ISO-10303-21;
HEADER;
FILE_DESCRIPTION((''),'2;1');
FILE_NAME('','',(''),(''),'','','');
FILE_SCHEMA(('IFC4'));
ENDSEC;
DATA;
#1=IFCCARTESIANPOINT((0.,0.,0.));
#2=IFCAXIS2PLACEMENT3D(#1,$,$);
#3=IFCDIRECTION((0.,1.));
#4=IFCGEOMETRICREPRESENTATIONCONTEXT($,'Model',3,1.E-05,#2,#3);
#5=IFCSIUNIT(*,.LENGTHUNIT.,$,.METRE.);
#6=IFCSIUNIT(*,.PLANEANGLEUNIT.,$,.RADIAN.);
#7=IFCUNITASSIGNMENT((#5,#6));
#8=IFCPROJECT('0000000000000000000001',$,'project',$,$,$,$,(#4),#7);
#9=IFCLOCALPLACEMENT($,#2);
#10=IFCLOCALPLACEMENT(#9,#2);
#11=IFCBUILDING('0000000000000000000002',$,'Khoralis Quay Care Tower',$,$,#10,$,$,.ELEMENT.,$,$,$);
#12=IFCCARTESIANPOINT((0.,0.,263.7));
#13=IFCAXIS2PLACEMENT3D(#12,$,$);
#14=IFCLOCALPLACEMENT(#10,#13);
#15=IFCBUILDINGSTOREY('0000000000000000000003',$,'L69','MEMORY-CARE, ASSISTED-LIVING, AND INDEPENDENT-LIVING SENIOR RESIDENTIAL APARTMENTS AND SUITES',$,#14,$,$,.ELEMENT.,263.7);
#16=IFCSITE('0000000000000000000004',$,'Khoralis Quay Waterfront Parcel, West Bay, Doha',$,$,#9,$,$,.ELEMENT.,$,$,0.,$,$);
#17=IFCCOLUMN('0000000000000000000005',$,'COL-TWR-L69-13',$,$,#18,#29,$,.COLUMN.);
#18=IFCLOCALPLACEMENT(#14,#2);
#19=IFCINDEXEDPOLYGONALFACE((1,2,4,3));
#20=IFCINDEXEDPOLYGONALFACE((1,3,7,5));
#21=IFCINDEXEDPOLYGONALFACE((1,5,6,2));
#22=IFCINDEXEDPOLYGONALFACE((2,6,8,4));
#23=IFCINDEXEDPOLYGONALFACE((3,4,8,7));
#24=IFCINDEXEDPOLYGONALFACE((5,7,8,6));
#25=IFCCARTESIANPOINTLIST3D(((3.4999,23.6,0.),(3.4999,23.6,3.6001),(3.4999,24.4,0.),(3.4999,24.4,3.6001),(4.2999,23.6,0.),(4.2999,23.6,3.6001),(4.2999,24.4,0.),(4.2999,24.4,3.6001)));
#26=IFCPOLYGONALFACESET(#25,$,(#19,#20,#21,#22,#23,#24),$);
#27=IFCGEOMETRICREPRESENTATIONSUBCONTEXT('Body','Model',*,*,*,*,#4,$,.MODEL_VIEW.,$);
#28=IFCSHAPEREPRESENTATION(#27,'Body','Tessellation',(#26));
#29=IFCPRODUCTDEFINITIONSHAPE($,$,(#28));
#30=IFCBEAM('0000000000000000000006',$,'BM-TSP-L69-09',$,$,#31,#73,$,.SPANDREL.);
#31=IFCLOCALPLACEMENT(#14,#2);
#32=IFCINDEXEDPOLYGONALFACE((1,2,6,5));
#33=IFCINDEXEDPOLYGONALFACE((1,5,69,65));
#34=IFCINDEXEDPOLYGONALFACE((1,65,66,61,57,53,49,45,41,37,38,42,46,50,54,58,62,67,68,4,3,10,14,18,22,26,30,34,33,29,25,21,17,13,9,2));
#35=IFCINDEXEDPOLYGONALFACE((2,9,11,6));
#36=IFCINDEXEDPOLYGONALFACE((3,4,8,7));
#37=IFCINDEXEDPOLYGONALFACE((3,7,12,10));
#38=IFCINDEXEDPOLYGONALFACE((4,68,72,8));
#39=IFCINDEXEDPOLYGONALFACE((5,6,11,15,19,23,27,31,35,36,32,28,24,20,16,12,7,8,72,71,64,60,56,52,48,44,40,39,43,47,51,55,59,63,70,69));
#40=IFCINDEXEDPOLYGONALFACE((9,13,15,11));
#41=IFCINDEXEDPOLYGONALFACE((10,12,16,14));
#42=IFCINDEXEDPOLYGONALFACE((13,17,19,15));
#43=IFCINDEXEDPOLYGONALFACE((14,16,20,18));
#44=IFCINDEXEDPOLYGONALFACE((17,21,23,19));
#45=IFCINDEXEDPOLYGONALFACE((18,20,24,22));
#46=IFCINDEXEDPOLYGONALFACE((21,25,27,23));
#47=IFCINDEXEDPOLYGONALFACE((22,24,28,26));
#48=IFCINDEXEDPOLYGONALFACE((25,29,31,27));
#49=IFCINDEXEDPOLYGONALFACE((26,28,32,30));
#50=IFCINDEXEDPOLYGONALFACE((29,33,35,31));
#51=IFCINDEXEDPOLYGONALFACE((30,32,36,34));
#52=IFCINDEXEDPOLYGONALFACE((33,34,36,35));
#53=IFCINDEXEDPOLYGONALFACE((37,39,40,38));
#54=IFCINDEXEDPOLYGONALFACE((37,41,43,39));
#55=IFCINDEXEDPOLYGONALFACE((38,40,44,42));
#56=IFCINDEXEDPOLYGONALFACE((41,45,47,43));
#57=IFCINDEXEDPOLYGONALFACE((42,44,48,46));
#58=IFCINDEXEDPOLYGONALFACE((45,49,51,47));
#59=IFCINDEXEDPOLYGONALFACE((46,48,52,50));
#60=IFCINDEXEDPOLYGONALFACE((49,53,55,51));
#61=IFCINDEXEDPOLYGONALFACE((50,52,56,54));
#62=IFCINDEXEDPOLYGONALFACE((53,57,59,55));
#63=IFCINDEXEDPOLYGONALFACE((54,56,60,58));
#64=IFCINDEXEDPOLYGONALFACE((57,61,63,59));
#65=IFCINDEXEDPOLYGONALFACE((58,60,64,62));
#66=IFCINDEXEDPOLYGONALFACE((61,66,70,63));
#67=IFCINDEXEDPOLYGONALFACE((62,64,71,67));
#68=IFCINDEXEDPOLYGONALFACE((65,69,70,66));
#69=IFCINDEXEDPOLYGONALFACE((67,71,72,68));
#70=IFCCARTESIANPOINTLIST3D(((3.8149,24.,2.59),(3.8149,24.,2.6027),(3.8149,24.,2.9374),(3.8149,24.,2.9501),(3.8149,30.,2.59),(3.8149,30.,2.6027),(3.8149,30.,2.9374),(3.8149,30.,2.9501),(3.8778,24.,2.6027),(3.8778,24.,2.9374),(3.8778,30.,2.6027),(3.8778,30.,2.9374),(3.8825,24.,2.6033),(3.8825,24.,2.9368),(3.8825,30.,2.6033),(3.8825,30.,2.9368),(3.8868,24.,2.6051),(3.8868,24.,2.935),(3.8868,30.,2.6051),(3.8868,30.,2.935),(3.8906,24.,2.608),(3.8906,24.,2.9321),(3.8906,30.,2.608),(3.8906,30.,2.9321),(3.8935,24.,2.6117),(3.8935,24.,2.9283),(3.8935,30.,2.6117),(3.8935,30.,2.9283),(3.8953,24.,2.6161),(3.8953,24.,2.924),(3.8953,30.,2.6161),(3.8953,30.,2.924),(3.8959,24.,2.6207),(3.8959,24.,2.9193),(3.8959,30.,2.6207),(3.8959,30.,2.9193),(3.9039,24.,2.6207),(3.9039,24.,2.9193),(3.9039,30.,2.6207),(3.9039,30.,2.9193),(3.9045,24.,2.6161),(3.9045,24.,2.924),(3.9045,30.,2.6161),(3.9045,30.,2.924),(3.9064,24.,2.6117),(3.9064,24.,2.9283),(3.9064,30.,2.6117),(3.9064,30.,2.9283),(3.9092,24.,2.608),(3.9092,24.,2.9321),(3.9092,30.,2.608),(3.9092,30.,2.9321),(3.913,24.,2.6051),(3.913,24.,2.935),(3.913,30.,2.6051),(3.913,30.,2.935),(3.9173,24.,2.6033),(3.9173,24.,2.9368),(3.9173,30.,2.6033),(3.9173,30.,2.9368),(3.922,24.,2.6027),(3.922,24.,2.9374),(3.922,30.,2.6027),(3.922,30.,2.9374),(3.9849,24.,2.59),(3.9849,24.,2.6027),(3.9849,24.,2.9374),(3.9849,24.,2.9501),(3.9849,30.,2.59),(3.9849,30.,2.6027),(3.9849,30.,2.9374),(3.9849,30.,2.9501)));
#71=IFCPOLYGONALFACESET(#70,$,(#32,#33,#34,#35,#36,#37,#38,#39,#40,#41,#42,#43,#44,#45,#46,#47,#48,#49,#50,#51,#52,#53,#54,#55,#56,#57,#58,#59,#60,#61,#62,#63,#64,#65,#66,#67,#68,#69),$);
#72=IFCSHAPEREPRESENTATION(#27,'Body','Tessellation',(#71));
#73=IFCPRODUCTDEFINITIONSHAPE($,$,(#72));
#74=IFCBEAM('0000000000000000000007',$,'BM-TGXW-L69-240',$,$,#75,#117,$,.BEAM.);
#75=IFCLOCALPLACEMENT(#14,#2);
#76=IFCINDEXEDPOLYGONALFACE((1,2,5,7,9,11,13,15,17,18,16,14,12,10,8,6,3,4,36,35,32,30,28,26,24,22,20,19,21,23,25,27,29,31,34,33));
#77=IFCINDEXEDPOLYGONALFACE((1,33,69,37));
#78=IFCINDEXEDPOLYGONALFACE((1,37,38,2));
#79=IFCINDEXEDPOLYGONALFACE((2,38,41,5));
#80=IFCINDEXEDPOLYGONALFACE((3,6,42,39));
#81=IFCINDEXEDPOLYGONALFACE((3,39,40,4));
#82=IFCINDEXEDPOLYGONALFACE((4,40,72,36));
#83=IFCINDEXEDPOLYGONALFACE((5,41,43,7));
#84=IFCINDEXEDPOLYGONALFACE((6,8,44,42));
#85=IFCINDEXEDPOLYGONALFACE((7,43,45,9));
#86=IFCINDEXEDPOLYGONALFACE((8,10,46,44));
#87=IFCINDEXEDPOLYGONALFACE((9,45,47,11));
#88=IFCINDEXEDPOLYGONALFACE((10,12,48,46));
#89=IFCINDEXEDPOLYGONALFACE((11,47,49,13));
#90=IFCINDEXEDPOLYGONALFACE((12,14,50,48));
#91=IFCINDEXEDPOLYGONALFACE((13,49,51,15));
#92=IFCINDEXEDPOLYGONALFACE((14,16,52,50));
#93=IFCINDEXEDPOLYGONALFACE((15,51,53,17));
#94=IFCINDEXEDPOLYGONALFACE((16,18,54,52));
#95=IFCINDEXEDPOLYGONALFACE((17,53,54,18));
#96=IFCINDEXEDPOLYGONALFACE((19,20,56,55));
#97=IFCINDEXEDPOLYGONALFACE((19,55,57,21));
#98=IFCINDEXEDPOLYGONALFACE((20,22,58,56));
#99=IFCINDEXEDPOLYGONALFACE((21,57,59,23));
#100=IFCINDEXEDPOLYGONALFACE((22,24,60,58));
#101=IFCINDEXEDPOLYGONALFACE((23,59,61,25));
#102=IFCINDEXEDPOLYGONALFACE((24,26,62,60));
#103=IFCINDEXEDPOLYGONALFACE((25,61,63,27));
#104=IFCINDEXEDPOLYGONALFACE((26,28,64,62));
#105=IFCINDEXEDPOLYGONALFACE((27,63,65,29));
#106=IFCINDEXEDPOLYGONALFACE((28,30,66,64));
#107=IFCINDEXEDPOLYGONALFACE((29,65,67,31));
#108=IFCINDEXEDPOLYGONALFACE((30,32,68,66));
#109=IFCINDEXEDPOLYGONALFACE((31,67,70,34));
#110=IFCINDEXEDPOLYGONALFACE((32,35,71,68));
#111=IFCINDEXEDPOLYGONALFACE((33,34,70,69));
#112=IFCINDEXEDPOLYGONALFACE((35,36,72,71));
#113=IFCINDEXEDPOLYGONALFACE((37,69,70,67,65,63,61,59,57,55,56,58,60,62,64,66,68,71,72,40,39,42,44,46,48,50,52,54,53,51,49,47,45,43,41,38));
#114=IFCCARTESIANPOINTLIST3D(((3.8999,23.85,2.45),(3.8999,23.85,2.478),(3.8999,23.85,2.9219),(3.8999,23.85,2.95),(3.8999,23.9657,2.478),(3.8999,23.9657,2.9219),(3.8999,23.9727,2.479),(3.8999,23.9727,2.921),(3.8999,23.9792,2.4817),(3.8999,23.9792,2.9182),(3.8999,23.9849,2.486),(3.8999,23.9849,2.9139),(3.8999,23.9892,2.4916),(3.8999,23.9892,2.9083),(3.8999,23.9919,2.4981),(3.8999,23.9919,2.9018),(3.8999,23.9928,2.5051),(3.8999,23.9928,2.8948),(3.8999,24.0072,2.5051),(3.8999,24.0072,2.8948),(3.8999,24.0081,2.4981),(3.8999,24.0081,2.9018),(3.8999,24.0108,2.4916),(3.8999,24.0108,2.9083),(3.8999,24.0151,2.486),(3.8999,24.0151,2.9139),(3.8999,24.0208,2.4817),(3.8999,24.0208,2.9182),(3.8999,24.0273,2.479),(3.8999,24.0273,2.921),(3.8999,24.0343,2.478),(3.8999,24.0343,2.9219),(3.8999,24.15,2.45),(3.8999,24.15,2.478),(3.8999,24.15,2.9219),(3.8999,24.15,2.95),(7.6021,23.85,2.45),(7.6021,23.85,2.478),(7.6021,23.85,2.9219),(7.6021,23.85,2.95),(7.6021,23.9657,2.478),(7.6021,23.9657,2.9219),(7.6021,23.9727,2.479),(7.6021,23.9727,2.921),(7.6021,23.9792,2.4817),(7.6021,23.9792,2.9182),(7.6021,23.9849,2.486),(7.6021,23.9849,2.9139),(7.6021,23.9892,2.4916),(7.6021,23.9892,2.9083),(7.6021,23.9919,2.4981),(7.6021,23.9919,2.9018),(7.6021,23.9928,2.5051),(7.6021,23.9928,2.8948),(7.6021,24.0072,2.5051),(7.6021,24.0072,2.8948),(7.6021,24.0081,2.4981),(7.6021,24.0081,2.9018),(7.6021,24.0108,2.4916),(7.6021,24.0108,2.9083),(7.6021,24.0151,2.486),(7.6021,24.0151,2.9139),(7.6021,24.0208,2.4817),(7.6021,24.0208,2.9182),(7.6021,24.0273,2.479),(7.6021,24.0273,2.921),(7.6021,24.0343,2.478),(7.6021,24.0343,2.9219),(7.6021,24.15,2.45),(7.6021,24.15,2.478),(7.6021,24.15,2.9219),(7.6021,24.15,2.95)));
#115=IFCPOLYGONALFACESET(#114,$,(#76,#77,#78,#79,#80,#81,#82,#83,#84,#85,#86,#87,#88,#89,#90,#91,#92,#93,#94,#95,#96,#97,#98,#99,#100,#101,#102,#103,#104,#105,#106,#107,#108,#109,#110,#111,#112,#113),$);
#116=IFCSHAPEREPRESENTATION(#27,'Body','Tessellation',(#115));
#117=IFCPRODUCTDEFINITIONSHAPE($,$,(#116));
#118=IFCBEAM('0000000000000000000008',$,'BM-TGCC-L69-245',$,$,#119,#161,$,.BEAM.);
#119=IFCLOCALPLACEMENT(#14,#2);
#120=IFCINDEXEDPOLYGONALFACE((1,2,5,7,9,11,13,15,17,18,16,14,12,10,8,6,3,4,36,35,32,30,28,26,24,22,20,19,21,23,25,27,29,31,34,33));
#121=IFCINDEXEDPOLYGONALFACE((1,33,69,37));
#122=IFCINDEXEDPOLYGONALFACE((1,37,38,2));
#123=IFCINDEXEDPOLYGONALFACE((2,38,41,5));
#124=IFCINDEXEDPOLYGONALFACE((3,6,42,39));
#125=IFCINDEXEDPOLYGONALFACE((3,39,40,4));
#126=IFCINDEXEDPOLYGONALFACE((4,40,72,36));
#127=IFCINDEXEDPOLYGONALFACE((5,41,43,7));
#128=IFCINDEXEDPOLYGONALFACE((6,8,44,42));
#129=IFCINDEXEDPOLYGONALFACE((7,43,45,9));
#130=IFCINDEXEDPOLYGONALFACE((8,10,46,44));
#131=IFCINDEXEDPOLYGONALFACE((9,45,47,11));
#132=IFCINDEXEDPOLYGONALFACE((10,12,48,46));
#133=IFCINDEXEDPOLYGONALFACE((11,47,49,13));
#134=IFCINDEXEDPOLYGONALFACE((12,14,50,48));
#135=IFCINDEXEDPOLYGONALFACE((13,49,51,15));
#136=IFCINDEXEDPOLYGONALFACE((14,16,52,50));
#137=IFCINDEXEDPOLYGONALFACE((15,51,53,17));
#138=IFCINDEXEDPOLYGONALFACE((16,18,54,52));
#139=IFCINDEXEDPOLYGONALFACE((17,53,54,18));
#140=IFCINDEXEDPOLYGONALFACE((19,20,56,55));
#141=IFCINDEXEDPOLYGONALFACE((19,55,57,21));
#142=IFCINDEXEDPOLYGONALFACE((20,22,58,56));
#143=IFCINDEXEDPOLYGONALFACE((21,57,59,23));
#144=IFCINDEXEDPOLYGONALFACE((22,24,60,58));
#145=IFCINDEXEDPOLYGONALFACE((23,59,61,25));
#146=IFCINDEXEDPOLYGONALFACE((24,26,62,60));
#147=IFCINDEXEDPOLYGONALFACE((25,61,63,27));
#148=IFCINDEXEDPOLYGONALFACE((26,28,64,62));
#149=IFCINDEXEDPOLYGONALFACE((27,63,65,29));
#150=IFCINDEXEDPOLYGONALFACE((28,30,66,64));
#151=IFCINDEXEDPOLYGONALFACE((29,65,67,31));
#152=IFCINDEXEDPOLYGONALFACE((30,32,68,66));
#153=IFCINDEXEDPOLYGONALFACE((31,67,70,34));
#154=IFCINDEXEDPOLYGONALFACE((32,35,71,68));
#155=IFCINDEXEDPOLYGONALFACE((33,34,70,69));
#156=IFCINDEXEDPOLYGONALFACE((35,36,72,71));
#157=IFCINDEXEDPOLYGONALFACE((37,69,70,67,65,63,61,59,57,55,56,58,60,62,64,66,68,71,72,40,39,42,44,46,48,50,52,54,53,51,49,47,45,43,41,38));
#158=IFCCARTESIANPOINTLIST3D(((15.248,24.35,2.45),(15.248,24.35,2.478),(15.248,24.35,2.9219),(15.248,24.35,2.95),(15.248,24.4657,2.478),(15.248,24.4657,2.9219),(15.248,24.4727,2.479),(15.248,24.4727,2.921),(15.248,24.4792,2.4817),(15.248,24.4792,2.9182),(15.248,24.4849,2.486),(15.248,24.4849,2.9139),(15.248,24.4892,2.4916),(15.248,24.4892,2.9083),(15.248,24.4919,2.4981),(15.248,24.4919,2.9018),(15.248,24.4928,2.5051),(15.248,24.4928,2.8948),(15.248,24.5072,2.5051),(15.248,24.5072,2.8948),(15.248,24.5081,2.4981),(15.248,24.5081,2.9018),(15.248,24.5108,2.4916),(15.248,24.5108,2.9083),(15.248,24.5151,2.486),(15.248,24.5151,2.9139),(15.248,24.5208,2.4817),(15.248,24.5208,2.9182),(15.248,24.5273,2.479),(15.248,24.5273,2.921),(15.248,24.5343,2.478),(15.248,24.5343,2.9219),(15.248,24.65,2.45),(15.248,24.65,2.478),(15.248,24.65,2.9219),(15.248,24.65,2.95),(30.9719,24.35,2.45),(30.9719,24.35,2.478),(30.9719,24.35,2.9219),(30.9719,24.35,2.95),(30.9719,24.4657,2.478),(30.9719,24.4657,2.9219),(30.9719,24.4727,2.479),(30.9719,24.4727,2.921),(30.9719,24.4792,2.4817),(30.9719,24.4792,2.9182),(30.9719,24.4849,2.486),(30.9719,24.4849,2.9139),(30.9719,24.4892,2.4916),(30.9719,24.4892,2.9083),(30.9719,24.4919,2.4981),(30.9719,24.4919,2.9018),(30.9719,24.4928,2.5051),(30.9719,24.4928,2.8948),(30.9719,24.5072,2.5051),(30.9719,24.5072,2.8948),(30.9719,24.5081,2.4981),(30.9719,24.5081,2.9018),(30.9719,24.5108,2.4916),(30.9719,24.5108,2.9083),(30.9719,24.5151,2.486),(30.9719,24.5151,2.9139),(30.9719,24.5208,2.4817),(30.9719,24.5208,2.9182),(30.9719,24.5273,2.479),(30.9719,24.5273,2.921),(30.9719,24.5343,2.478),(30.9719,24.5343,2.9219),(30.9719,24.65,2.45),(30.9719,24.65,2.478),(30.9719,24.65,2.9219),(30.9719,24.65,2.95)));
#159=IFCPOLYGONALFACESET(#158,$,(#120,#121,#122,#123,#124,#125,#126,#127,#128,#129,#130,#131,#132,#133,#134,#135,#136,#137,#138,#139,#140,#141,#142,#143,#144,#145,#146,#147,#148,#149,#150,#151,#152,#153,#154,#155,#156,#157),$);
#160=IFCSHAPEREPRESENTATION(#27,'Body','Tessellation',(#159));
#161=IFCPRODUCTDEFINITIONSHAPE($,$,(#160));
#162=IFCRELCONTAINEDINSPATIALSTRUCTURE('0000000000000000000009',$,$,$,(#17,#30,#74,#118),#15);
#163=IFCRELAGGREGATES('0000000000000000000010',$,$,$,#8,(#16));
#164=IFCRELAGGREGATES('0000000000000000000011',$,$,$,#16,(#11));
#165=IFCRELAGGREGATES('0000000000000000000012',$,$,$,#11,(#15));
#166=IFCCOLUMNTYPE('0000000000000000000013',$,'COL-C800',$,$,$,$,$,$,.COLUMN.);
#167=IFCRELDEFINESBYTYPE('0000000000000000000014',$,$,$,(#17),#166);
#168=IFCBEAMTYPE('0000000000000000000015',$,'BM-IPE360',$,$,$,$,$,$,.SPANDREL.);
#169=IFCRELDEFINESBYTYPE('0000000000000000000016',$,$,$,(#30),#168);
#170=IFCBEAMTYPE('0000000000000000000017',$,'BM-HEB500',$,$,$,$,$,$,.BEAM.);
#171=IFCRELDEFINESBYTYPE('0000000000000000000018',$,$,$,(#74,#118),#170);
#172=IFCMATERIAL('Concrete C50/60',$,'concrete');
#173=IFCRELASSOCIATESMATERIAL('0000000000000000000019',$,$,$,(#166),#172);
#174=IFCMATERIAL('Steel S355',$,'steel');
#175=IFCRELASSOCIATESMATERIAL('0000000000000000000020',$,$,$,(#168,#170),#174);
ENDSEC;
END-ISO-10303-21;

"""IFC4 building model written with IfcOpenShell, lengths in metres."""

from ifc_helpers import new_model, si_unit, direction, frame, origin, origin_2d, place, context, subcontext, project, spatial, rectangle, i_section, extrude, source, transform, mapped, material, material_profile, profile_set, type_object, element, save


model = new_model("IFC4")

# Units and contexts
model_context = context("Model", 3, precision=1e-05, world=origin(), true_north=direction((0.0, 1.0)))
body_context = subcontext(model_context, "Body", "Model", "MODEL_VIEW")
ifc_project = project(units=[si_unit("LENGTHUNIT", "METRE"), si_unit("PLANEANGLEUNIT", "RADIAN")], contexts=[model_context])

# Site, building, storey
site_placement = place(None, origin())
site = spatial("IfcSite", under=ifc_project, at=site_placement, Name="Khoralis Quay Waterfront Parcel, West Bay, Doha", CompositionType="ELEMENT", RefElevation=0.0)
building_placement = place(site_placement, origin())
building = spatial("IfcBuilding", under=site, at=building_placement, Name="Khoralis Quay Care Tower", CompositionType="ELEMENT")
storey_placement = place(building_placement, frame((0.0, 0.0, 263.7)))
storey = spatial("IfcBuildingStorey", under=building, at=storey_placement, Name="L69", Description="MEMORY-CARE, ASSISTED-LIVING, AND INDEPENDENT-LIVING SENIOR RESIDENTIAL APARTMENTS AND SUITES", CompositionType="ELEMENT", Elevation=263.7)

# Column
ifc_material_1 = material(Name="Concrete C50/60", Category="concrete")
ifc_material_profile_1 = material_profile(ifc_material_1, rectangle(XDim=0.8, YDim=0.8, at=origin_2d()), Name="Concrete C50/60")
ifc_profile_set_1 = profile_set([ifc_material_profile_1], Name="Concrete C50/60")
column_type = type_object("IfcColumnType", Name="COL-C800", PredefinedType="COLUMN", material=ifc_profile_set_1)
shared_shape_1 = source(origin(), body_context, "Body", "SweptSolid", [
    extrude(rectangle(XDim=0.8, YDim=0.8, at=origin_2d()), origin(), (0.0, 0.0, 1.0), 3.6001),
])
column_placement = place(storey_placement, frame((3.8999, 24.0, 0.0), z_axis=(0.0, 0.0, 1.0), x_axis=(1.0, 0.0, 0.0)))
element("IfcColumn", 1, at=column_placement, inside=storey, type_object=column_type, Name="COL-TWR-L69-13", PredefinedType="COLUMN", context=body_context, shape_type="MappedRepresentation", body=[
    mapped(shared_shape_1, transform((0.0, 0.0, 0.0), scale=1.0)),
])

# Beams
ifc_material_2 = material(Name="Steel S355", Category="steel")
ifc_material_profile_2 = material_profile(ifc_material_2, i_section(OverallWidth=0.1699, OverallDepth=0.3601, WebThickness=0.0081, FlangeThickness=0.0127, FilletRadius=0.0181, at=origin_2d()), Name="Steel S355")
ifc_profile_set_2 = profile_set([ifc_material_profile_2], Name="Steel S355")
beam_type_1 = type_object("IfcBeamType", Name="BM-IPE360", PredefinedType="SPANDREL", material=ifc_profile_set_2)
shared_shape_2 = source(origin(), body_context, "Body", "SweptSolid", [
    extrude(i_section(OverallWidth=0.1699, OverallDepth=0.3601, WebThickness=0.0081, FlangeThickness=0.0127, FilletRadius=0.0181, at=origin_2d()), origin(), (0.0, 0.0, 1.0), 6.0),
])
beam_1_placement = place(storey_placement, frame((3.8999, 24.0, 2.77), z_axis=(0.0, 1.0, 0.0), x_axis=(-1.0, 0.0, 0.0)))
element("IfcBeam", 2, at=beam_1_placement, inside=storey, type_object=beam_type_1, Name="BM-TSP-L69-09", PredefinedType="SPANDREL", context=body_context, shape_type="MappedRepresentation", body=[
    mapped(shared_shape_2, transform((0.0, 0.0, 0.0), scale=1.0)),
])
ifc_material_profile_3 = material_profile(ifc_material_2, i_section(OverallWidth=0.3, OverallDepth=0.5, WebThickness=0.0144, FlangeThickness=0.0281, FilletRadius=0.0271, at=origin_2d()), Name="Steel S355")
ifc_profile_set_3 = profile_set([ifc_material_profile_3], Name="Steel S355")
beam_type_2 = type_object("IfcBeamType", Name="BM-HEB500", PredefinedType="BEAM", material=ifc_profile_set_3)
shared_shape_3 = source(origin(), body_context, "Body", "SweptSolid", [
    extrude(i_section(OverallWidth=0.3, OverallDepth=0.5, WebThickness=0.0144, FlangeThickness=0.0281, FilletRadius=0.0271, at=origin_2d()), origin(), (0.0, 0.0, 1.0), 3.7021),
])
beam_2_placement = place(storey_placement, frame((3.8999, 24.0, 2.7), z_axis=(1.0, 0.0, 0.0), x_axis=(0.0, 1.0, 0.0)))
element("IfcBeam", 3, at=beam_2_placement, inside=storey, type_object=beam_type_2, Name="BM-TGXW-L69-240", PredefinedType="BEAM", context=body_context, shape_type="MappedRepresentation", body=[
    mapped(shared_shape_3, transform((0.0, 0.0, 0.0), scale=1.0)),
])
shared_shape_4 = source(origin(), body_context, "Body", "SweptSolid", [
    extrude(i_section(OverallWidth=0.3, OverallDepth=0.5, WebThickness=0.0144, FlangeThickness=0.0281, FilletRadius=0.0271, at=origin_2d()), origin(), (0.0, 0.0, 1.0), 15.7239),
])
beam_3_placement = place(storey_placement, frame((15.248, 24.5, 2.7), z_axis=(1.0, 0.0, 0.0), x_axis=(0.0, 1.0, 0.0)))
element("IfcBeam", 4, at=beam_3_placement, inside=storey, type_object=beam_type_2, Name="BM-TGCC-L69-245", PredefinedType="BEAM", context=body_context, shape_type="MappedRepresentation", body=[
    mapped(shared_shape_4, transform((0.0, 0.0, 0.0), scale=1.0)),
])

save(model, "model.ifc")
